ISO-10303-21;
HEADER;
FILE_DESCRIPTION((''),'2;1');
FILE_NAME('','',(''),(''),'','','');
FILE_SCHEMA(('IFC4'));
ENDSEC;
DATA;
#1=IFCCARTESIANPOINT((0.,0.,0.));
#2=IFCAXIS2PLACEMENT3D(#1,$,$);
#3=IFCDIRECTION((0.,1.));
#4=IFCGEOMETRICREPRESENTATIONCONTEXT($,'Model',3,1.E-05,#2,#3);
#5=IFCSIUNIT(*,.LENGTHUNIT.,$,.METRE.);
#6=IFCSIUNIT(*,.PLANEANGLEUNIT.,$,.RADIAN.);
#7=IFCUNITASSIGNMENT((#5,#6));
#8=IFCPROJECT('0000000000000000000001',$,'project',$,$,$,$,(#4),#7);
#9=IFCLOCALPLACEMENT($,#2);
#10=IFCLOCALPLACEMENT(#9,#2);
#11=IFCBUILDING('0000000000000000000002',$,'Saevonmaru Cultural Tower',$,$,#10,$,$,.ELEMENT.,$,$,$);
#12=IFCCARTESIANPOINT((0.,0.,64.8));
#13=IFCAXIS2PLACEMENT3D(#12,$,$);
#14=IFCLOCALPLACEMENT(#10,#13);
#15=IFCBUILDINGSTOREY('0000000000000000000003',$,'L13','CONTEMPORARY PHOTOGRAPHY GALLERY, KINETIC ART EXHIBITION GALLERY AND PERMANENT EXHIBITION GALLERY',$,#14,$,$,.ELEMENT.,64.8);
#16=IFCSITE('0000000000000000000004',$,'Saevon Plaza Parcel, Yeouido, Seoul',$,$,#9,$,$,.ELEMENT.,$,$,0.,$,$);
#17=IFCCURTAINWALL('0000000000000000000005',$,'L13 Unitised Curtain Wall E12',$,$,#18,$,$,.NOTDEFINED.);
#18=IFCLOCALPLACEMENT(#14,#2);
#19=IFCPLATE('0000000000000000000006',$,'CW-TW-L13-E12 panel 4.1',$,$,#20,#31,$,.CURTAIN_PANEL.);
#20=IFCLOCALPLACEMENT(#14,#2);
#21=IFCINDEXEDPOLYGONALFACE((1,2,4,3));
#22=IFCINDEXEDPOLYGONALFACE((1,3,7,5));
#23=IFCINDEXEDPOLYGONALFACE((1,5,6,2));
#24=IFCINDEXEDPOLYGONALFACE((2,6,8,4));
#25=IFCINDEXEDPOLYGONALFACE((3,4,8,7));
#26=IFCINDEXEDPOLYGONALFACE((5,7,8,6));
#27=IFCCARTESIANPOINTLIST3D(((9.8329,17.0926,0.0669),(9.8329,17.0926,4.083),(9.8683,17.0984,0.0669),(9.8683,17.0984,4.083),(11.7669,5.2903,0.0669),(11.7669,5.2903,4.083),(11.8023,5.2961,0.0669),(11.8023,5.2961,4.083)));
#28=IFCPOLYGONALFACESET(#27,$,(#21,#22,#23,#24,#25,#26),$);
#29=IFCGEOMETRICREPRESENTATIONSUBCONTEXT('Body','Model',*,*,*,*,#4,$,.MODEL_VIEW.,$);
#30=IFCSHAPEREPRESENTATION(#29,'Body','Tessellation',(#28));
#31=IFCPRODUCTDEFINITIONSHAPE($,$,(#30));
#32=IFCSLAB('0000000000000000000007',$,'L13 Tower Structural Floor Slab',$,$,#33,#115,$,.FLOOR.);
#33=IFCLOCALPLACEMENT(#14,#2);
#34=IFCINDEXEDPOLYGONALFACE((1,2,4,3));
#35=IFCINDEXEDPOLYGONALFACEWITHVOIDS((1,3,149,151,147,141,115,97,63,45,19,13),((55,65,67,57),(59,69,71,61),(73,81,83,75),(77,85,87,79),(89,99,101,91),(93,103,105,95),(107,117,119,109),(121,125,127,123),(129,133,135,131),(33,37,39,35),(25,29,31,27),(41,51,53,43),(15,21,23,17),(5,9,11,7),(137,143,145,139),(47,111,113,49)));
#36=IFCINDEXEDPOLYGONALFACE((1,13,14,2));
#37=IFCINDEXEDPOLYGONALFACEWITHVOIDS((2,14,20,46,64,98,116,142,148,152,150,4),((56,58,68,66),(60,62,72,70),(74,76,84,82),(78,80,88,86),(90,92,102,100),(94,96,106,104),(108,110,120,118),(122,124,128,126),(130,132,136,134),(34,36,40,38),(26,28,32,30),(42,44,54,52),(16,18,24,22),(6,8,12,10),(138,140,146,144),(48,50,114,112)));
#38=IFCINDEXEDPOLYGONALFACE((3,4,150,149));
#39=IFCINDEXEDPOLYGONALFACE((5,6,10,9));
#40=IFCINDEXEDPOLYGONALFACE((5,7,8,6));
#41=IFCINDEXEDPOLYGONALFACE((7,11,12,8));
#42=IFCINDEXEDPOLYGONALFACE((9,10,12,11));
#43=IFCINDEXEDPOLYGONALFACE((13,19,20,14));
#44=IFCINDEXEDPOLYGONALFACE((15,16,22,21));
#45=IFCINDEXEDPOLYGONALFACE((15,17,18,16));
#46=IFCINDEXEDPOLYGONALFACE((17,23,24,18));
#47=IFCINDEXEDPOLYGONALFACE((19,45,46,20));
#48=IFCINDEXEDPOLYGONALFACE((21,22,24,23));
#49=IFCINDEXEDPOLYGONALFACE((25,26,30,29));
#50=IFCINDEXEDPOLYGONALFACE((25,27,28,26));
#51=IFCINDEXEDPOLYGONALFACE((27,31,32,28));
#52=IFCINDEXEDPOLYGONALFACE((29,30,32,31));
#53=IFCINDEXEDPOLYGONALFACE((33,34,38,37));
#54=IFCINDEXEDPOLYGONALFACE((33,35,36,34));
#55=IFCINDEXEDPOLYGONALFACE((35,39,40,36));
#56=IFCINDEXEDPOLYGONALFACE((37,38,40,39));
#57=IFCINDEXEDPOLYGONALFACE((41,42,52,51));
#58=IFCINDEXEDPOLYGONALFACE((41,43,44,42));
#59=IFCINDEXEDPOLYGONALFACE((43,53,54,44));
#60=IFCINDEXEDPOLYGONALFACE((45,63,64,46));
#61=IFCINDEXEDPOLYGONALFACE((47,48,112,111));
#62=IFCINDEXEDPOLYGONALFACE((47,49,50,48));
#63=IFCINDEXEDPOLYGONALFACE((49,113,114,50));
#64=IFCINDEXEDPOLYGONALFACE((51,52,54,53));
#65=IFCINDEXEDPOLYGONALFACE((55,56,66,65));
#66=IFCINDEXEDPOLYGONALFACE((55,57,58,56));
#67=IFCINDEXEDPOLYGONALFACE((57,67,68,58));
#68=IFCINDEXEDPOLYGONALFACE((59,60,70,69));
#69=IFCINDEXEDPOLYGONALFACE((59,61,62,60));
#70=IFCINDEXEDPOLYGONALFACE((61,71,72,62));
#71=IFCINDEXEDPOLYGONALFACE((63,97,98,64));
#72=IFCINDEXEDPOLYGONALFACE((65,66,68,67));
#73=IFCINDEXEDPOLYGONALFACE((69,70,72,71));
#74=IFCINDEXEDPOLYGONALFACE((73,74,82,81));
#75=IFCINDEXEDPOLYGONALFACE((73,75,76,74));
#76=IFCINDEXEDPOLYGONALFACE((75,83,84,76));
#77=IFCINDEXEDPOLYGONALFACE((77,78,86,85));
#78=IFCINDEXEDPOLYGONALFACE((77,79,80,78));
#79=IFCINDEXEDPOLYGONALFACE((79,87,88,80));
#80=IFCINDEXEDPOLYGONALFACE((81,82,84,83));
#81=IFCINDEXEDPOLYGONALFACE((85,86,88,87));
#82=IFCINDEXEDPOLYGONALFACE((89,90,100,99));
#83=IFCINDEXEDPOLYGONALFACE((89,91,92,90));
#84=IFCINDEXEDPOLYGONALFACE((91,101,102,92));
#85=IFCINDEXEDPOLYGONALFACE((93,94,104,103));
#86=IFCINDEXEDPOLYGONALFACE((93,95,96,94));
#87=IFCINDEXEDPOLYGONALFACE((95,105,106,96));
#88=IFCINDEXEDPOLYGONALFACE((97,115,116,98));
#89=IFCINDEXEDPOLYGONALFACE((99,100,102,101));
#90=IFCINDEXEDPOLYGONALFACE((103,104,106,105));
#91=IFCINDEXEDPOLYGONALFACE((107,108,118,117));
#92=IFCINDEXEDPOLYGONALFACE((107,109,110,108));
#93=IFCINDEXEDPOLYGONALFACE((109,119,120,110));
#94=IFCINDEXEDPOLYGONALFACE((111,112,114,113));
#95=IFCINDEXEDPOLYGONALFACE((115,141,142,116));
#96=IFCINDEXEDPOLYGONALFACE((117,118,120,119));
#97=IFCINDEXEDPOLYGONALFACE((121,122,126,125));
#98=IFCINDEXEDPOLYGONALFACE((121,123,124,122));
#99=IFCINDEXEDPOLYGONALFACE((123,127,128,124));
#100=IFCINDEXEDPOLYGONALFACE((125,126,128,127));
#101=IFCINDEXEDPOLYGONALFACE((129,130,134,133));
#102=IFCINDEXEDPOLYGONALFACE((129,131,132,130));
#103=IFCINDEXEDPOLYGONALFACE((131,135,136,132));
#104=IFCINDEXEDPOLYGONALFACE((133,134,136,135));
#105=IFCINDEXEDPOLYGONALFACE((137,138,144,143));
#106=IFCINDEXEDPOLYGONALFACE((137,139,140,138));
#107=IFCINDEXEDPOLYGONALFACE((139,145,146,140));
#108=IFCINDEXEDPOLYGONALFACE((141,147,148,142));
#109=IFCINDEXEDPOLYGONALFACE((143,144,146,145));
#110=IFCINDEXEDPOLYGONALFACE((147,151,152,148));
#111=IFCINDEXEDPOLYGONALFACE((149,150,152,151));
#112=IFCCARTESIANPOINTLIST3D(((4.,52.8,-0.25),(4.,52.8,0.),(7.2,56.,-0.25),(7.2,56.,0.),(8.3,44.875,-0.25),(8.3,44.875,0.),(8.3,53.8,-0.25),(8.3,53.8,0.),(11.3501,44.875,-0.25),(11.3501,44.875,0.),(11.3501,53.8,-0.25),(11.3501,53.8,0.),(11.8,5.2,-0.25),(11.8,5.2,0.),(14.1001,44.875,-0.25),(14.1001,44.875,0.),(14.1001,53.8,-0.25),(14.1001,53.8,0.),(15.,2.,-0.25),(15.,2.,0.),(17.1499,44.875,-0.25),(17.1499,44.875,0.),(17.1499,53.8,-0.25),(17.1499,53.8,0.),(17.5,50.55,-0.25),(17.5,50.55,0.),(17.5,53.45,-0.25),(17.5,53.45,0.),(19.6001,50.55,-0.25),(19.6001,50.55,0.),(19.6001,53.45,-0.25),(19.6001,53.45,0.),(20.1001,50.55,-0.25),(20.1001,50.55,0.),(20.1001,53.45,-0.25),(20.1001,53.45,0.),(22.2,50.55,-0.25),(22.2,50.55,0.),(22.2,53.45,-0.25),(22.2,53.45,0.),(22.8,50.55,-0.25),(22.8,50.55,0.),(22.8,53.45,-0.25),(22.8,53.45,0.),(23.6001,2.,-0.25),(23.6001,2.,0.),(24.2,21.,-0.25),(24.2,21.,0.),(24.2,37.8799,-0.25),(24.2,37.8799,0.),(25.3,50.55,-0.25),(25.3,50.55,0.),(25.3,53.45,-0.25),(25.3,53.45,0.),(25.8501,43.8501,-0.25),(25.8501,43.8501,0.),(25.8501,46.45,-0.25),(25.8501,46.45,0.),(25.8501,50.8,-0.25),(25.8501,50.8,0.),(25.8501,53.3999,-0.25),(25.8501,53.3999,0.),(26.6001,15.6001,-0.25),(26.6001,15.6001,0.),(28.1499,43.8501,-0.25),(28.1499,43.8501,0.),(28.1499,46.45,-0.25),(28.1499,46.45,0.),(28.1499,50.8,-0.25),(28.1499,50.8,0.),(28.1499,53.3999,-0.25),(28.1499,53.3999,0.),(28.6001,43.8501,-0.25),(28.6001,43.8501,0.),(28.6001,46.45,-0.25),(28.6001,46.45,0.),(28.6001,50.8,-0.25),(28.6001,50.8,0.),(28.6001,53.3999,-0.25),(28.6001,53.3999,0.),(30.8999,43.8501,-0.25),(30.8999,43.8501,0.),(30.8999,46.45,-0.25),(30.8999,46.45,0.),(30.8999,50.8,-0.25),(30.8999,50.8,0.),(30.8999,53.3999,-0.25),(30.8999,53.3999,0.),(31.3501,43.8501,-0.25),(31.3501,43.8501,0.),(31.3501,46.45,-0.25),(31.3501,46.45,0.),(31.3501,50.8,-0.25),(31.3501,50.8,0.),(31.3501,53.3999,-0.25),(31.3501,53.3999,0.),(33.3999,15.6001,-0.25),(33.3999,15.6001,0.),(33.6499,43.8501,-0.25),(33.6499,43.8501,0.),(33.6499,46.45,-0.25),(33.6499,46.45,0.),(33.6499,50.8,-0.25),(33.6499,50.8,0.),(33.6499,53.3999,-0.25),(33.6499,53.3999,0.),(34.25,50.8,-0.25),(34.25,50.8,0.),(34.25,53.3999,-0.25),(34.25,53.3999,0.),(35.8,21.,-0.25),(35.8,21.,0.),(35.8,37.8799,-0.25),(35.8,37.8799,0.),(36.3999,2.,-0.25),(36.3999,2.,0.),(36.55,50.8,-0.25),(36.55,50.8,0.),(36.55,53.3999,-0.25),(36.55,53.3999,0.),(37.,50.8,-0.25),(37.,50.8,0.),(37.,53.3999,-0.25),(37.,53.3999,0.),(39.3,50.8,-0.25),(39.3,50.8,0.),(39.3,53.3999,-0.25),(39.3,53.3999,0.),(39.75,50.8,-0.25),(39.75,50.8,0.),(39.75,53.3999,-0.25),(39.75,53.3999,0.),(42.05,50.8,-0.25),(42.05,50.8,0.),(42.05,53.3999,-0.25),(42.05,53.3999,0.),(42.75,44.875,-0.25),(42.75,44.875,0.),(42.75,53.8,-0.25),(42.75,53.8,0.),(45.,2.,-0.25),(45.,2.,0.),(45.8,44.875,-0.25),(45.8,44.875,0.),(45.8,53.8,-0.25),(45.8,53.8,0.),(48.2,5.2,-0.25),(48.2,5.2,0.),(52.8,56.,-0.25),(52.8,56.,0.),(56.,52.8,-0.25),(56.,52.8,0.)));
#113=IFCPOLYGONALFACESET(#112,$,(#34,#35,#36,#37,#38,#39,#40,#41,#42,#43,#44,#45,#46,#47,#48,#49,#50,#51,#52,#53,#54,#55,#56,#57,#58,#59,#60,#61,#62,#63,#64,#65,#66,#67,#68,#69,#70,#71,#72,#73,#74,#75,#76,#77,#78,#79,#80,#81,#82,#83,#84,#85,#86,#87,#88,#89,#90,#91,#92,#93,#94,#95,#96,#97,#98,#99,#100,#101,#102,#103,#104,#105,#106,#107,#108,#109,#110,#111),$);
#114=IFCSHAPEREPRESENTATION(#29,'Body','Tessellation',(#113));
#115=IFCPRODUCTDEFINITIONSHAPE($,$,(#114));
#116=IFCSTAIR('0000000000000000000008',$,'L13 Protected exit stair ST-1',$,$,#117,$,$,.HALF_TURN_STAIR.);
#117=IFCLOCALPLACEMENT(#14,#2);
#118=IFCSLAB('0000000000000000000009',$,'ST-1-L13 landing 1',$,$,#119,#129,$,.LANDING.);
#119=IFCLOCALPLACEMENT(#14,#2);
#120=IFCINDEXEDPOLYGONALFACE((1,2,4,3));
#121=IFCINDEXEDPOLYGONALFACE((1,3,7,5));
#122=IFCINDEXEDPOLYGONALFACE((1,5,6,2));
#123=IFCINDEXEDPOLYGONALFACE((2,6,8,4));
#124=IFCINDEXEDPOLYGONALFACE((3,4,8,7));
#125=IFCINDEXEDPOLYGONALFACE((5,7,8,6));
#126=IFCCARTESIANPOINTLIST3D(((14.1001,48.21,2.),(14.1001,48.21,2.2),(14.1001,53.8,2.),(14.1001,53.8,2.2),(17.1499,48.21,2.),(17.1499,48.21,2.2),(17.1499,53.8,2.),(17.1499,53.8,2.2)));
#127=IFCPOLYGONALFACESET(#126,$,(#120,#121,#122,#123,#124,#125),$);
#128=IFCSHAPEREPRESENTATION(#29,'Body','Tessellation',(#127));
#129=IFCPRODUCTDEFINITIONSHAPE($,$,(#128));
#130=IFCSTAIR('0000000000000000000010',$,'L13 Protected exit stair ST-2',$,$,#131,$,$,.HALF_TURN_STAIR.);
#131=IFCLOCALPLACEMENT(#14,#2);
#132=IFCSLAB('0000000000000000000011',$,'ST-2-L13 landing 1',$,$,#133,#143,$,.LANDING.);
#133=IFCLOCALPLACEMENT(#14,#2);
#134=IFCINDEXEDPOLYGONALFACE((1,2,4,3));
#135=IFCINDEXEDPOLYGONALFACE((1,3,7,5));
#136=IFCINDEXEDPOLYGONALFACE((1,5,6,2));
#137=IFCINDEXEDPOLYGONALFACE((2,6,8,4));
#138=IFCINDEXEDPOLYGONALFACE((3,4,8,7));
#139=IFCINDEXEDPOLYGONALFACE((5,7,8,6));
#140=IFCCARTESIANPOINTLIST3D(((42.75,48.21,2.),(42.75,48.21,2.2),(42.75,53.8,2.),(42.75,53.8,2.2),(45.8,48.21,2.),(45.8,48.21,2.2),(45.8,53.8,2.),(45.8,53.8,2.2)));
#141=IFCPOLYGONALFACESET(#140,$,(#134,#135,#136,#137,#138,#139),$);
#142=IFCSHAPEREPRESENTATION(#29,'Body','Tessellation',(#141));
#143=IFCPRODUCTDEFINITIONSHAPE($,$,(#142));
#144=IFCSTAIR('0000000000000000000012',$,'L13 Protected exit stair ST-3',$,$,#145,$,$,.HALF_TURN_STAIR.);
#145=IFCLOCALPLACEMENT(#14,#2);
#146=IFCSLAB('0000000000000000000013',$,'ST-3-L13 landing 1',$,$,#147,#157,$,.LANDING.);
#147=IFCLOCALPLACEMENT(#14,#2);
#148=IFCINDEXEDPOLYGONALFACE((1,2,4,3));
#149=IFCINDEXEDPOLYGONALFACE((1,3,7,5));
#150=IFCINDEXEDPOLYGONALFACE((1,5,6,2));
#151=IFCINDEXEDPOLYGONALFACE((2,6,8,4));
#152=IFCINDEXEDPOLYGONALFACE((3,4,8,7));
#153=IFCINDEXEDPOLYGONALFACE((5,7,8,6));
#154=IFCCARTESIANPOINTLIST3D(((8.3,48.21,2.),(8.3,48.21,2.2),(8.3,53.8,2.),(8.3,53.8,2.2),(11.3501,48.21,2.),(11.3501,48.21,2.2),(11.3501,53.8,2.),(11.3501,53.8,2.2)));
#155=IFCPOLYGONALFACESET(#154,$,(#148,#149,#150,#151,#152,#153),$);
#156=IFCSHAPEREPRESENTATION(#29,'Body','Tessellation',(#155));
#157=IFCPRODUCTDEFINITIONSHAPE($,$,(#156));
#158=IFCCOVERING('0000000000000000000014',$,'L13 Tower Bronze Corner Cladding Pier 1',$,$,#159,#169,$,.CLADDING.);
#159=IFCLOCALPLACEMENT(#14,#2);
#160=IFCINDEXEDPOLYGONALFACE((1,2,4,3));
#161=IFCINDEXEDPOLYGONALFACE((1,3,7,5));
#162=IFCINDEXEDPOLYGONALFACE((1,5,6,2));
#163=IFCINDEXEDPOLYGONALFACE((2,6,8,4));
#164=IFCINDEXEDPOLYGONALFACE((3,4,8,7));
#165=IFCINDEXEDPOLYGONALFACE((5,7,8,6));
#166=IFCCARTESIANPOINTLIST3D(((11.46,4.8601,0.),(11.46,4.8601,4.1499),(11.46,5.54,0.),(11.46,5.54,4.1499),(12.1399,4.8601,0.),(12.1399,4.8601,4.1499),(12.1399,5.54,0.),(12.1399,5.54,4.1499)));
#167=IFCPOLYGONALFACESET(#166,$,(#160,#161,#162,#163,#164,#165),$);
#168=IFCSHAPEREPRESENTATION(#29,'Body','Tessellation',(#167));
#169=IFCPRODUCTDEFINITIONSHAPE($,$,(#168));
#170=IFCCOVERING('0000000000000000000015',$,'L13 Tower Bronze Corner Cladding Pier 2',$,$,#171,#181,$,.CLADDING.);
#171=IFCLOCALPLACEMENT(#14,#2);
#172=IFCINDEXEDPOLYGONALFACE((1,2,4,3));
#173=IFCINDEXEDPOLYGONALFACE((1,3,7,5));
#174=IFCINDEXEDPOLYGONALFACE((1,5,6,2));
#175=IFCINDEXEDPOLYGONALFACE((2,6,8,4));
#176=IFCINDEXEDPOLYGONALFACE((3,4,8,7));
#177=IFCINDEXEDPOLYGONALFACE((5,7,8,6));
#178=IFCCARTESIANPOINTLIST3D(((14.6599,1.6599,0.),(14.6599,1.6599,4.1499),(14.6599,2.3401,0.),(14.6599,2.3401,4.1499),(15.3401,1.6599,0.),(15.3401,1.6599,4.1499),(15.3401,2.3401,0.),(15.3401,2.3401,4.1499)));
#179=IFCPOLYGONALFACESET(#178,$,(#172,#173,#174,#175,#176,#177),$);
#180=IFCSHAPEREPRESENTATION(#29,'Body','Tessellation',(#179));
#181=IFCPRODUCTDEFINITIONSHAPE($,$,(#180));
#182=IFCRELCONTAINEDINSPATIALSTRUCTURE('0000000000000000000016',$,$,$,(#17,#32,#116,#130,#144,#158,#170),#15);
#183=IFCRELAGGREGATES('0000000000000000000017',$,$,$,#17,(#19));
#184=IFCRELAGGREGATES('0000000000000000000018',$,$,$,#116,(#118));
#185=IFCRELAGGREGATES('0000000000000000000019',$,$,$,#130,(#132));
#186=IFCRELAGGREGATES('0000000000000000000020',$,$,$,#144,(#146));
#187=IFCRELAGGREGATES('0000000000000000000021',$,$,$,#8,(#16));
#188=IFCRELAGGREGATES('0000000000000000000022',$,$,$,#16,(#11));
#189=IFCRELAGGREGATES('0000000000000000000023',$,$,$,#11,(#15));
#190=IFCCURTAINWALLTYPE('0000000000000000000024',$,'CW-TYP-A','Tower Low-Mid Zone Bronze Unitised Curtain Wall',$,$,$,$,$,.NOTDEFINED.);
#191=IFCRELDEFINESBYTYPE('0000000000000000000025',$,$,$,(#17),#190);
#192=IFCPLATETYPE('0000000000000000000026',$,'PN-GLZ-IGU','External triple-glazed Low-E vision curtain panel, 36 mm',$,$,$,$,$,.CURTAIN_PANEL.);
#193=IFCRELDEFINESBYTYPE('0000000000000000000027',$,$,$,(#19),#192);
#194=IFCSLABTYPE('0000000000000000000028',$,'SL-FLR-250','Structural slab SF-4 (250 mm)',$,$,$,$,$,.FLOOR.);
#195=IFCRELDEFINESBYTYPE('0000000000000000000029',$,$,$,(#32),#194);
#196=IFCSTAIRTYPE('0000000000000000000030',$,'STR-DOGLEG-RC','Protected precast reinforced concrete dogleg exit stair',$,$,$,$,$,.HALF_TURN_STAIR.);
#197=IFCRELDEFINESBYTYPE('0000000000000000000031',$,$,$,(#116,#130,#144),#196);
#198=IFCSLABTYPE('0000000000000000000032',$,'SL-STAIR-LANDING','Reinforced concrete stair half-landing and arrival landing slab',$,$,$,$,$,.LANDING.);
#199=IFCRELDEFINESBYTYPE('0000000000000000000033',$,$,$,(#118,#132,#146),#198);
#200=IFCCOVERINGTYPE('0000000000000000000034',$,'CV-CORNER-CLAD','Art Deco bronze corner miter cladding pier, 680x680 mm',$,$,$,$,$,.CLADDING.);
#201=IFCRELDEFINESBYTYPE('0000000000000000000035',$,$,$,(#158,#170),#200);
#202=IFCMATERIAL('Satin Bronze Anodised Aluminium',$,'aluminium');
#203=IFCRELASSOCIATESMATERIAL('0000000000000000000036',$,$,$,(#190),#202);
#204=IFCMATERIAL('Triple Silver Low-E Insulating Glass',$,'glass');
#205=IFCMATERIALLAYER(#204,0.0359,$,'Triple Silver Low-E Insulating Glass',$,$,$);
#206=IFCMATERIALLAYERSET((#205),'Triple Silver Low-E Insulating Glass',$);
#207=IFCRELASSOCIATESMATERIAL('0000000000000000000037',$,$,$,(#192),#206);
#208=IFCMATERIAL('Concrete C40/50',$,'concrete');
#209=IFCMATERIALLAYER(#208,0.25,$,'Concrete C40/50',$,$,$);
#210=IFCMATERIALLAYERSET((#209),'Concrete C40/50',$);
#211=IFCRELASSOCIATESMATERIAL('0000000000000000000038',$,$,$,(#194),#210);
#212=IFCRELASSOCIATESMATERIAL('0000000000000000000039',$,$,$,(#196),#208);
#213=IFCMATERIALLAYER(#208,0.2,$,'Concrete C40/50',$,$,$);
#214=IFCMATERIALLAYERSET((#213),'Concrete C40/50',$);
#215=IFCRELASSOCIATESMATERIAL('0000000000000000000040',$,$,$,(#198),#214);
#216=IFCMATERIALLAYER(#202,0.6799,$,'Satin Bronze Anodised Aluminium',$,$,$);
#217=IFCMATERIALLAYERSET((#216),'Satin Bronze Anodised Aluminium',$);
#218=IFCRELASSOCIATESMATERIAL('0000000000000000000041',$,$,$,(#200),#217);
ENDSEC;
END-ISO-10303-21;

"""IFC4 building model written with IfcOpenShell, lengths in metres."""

from ifc_helpers import new_model, si_unit, direction, frame, origin, origin_2d, place, context, subcontext, project, spatial, polyline, rectangle, outline, extrude, material, layer, layer_set, type_object, element, aggregate, save


model = new_model("IFC4")

# Units and contexts
model_context = context("Model", 3, precision=1e-05, world=origin(), true_north=direction((0.0, 1.0)))
body_context = subcontext(model_context, "Body", "Model", "MODEL_VIEW")
ifc_project = project(units=[si_unit("LENGTHUNIT", "METRE"), si_unit("PLANEANGLEUNIT", "RADIAN")], contexts=[model_context])

# Site, building, storey
site_placement = place(None, origin())
site = spatial("IfcSite", under=ifc_project, at=site_placement, Name="Saevon Plaza Parcel, Yeouido, Seoul", CompositionType="ELEMENT", RefElevation=0.0)
building_placement = place(site_placement, origin())
building = spatial("IfcBuilding", under=site, at=building_placement, Name="Saevonmaru Cultural Tower", CompositionType="ELEMENT")
storey_placement = place(building_placement, frame((0.0, 0.0, 64.8)))
storey = spatial("IfcBuildingStorey", under=building, at=storey_placement, Name="L13", Description="CONTEMPORARY PHOTOGRAPHY GALLERY, KINETIC ART EXHIBITION GALLERY AND PERMANENT EXHIBITION GALLERY", CompositionType="ELEMENT", Elevation=64.8)

# Curtain wall, plate
ifc_material_1 = material(Name="Satin Bronze Anodised Aluminium", Category="aluminium")
curtain_wall_type = type_object("IfcCurtainWallType", Name="CW-TYP-A", Description="Tower Low-Mid Zone Bronze Unitised Curtain Wall", PredefinedType="NOTDEFINED", material=ifc_material_1)
curtain_wall_placement = place(storey_placement, origin())
curtain_wall = element("IfcCurtainWall", 1, at=curtain_wall_placement, inside=storey, type_object=curtain_wall_type, Name="L13 Unitised Curtain Wall E12", PredefinedType="NOTDEFINED")
ifc_material_2 = material(Name="Triple Silver Low-E Insulating Glass", Category="glass")
ifc_layer_1 = layer(ifc_material_2, 0.0359, Name="Triple Silver Low-E Insulating Glass")
ifc_layer_set_1 = layer_set([ifc_layer_1], Name="Triple Silver Low-E Insulating Glass")
plate_type = type_object("IfcPlateType", Name="PN-GLZ-IGU", Description="External triple-glazed Low-E vision curtain panel, 36 mm", PredefinedType="CURTAIN_PANEL", material=ifc_layer_set_1)
plate_placement = place(storey_placement, frame((10.8176, 11.1943, 0.0669), z_axis=(0.0, 0.0, 1.0), x_axis=(0.161709, -0.986839, 0.0)))
plate = element("IfcPlate", 2, at=plate_placement, type_object=plate_type, Name="CW-TW-L13-E12 panel 4.1", PredefinedType="CURTAIN_PANEL", context=body_context, shape_type="SweptSolid", body=[
    extrude(rectangle(XDim=11.9597, YDim=0.0359, at=origin_2d()), origin(), (0.0, 0.0, 1.0), 4.0161),
])
aggregate(curtain_wall, [plate])

# Slab
ifc_material_3 = material(Name="Concrete C40/50", Category="concrete")
ifc_layer_2 = layer(ifc_material_3, 0.25, Name="Concrete C40/50")
ifc_layer_set_2 = layer_set([ifc_layer_2], Name="Concrete C40/50")
slab_type_1 = type_object("IfcSlabType", Name="SL-FLR-250", Description="Structural slab SF-4 (250 mm)", PredefinedType="FLOOR", material=ifc_layer_set_2)
slab_1_placement = place(storey_placement, frame((0.0, 0.0, -0.25)))
element("IfcSlab", 3, at=slab_1_placement, inside=storey, type_object=slab_type_1, Name="L13 Tower Structural Floor Slab", PredefinedType="FLOOR", context=body_context, shape_type="SweptSolid", body=[
    extrude(outline(polyline([(11.8, 5.2), (15.0, 2.0), (23.6001, 2.0), (26.6001, 15.6001), (33.3999, 15.6001), (36.3999, 2.0), (45.0, 2.0), (48.2, 5.2), (56.0, 52.8), (52.8, 56.0), (7.2, 56.0), (4.0, 52.8), (11.8, 5.2)]), holes=[polyline([(45.8, 44.875), (42.75, 44.875), (42.75, 53.8), (45.8, 53.8), (45.8, 44.875)]), polyline([(39.75, 50.8), (39.75, 53.3999), (42.05, 53.3999), (42.05, 50.8), (39.75, 50.8)]), polyline([(37.0, 50.8), (37.0, 53.3999), (39.3, 53.3999), (39.3, 50.8), (37.0, 50.8)]), polyline([(34.25, 50.8), (34.25, 53.3999), (36.55, 53.3999), (36.55, 50.8), (34.25, 50.8)]), polyline([(24.2, 21.0), (24.2, 37.8799), (35.8, 37.8799), (35.8, 21.0), (24.2, 21.0)]), polyline([(31.3501, 50.8), (31.3501, 53.3999), (33.6499, 53.3999), (33.6499, 50.8), (31.3501, 50.8)]), polyline([(31.3501, 43.8501), (31.3501, 46.45), (33.6499, 46.45), (33.6499, 43.8501), (31.3501, 43.8501)]), polyline([(28.6001, 43.8501), (28.6001, 46.45), (30.8999, 46.45), (30.8999, 43.8501), (28.6001, 43.8501)]), polyline([(28.6001, 50.8), (28.6001, 53.3999), (30.8999, 53.3999), (30.8999, 50.8), (28.6001, 50.8)]), polyline([(25.8501, 50.8), (25.8501, 53.3999), (28.1499, 53.3999), (28.1499, 50.8), (25.8501, 50.8)]), polyline([(25.8501, 43.8501), (25.8501, 46.45), (28.1499, 46.45), (28.1499, 43.8501), (25.8501, 43.8501)]), polyline([(22.8, 50.55), (22.8, 53.45), (25.3, 53.45), (25.3, 50.55), (22.8, 50.55)]), polyline([(20.1001, 50.55), (20.1001, 53.45), (22.2, 53.45), (22.2, 50.55), (20.1001, 50.55)]), polyline([(17.5, 50.55), (17.5, 53.45), (19.6001, 53.45), (19.6001, 50.55), (17.5, 50.55)]), polyline([(17.1499, 44.875), (14.1001, 44.875), (14.1001, 53.8), (17.1499, 53.8), (17.1499, 44.875)]), polyline([(11.3501, 44.875), (8.3, 44.875), (8.3, 53.8), (11.3501, 53.8), (11.3501, 44.875)])]), origin(), (0.0, 0.0, 1.0), 0.25),
])

# Stairs, slabs
stair_type = type_object("IfcStairType", Name="STR-DOGLEG-RC", Description="Protected precast reinforced concrete dogleg exit stair", PredefinedType="HALF_TURN_STAIR", material=ifc_material_3)
stair_1_placement = place(storey_placement, origin())
stair_1 = element("IfcStair", 4, at=stair_1_placement, inside=storey, type_object=stair_type, Name="L13 Protected exit stair ST-1", PredefinedType="HALF_TURN_STAIR")
ifc_layer_3 = layer(ifc_material_3, 0.2, Name="Concrete C40/50")
ifc_layer_set_3 = layer_set([ifc_layer_3], Name="Concrete C40/50")
slab_type_2 = type_object("IfcSlabType", Name="SL-STAIR-LANDING", Description="Reinforced concrete stair half-landing and arrival landing slab", PredefinedType="LANDING", material=ifc_layer_set_3)
slab_2_placement = place(storey_placement, frame((0.0, 0.0, 2.0)))
slab_2 = element("IfcSlab", 5, at=slab_2_placement, type_object=slab_type_2, Name="ST-1-L13 landing 1", PredefinedType="LANDING", context=body_context, shape_type="SweptSolid", body=[
    extrude(outline(polyline([(17.1499, 48.21), (17.1499, 53.8), (14.1001, 53.8), (14.1001, 48.21), (17.1499, 48.21)])), origin(), (0.0, 0.0, 1.0), 0.2),
])
aggregate(stair_1, [slab_2])
stair_2_placement = place(storey_placement, origin())
stair_2 = element("IfcStair", 6, at=stair_2_placement, inside=storey, type_object=stair_type, Name="L13 Protected exit stair ST-2", PredefinedType="HALF_TURN_STAIR")
slab_3_placement = place(storey_placement, frame((0.0, 0.0, 2.0)))
slab_3 = element("IfcSlab", 7, at=slab_3_placement, type_object=slab_type_2, Name="ST-2-L13 landing 1", PredefinedType="LANDING", context=body_context, shape_type="SweptSolid", body=[
    extrude(outline(polyline([(45.8, 48.21), (45.8, 53.8), (42.75, 53.8), (42.75, 48.21), (45.8, 48.21)])), origin(), (0.0, 0.0, 1.0), 0.2),
])
aggregate(stair_2, [slab_3])
stair_3_placement = place(storey_placement, origin())
stair_3 = element("IfcStair", 8, at=stair_3_placement, inside=storey, type_object=stair_type, Name="L13 Protected exit stair ST-3", PredefinedType="HALF_TURN_STAIR")
slab_4_placement = place(storey_placement, frame((0.0, 0.0, 2.0)))
slab_4 = element("IfcSlab", 9, at=slab_4_placement, type_object=slab_type_2, Name="ST-3-L13 landing 1", PredefinedType="LANDING", context=body_context, shape_type="SweptSolid", body=[
    extrude(outline(polyline([(11.3501, 48.21), (11.3501, 53.8), (8.3, 53.8), (8.3, 48.21), (11.3501, 48.21)])), origin(), (0.0, 0.0, 1.0), 0.2),
])
aggregate(stair_3, [slab_4])

# Coverings
ifc_layer_4 = layer(ifc_material_1, 0.6799, Name="Satin Bronze Anodised Aluminium")
ifc_layer_set_4 = layer_set([ifc_layer_4], Name="Satin Bronze Anodised Aluminium")
covering_type = type_object("IfcCoveringType", Name="CV-CORNER-CLAD", Description="Art Deco bronze corner miter cladding pier, 680x680 mm", PredefinedType="CLADDING", material=ifc_layer_set_4)
covering_1_placement = place(storey_placement, origin())
element("IfcCovering", 10, at=covering_1_placement, inside=storey, type_object=covering_type, Name="L13 Tower Bronze Corner Cladding Pier 1", PredefinedType="CLADDING", context=body_context, shape_type="SweptSolid", body=[
    extrude(outline(polyline([(11.46, 4.8601), (12.1399, 4.8601), (12.1399, 5.54), (11.46, 5.54), (11.46, 4.8601)])), origin(), (0.0, 0.0, 1.0), 4.1499),
])
covering_2_placement = place(storey_placement, origin())
element("IfcCovering", 11, at=covering_2_placement, inside=storey, type_object=covering_type, Name="L13 Tower Bronze Corner Cladding Pier 2", PredefinedType="CLADDING", context=body_context, shape_type="SweptSolid", body=[
    extrude(outline(polyline([(14.6599, 1.6599), (15.3401, 1.6599), (15.3401, 2.3401), (14.6599, 2.3401), (14.6599, 1.6599)])), origin(), (0.0, 0.0, 1.0), 4.1499),
])

save(model, "model.ifc")
